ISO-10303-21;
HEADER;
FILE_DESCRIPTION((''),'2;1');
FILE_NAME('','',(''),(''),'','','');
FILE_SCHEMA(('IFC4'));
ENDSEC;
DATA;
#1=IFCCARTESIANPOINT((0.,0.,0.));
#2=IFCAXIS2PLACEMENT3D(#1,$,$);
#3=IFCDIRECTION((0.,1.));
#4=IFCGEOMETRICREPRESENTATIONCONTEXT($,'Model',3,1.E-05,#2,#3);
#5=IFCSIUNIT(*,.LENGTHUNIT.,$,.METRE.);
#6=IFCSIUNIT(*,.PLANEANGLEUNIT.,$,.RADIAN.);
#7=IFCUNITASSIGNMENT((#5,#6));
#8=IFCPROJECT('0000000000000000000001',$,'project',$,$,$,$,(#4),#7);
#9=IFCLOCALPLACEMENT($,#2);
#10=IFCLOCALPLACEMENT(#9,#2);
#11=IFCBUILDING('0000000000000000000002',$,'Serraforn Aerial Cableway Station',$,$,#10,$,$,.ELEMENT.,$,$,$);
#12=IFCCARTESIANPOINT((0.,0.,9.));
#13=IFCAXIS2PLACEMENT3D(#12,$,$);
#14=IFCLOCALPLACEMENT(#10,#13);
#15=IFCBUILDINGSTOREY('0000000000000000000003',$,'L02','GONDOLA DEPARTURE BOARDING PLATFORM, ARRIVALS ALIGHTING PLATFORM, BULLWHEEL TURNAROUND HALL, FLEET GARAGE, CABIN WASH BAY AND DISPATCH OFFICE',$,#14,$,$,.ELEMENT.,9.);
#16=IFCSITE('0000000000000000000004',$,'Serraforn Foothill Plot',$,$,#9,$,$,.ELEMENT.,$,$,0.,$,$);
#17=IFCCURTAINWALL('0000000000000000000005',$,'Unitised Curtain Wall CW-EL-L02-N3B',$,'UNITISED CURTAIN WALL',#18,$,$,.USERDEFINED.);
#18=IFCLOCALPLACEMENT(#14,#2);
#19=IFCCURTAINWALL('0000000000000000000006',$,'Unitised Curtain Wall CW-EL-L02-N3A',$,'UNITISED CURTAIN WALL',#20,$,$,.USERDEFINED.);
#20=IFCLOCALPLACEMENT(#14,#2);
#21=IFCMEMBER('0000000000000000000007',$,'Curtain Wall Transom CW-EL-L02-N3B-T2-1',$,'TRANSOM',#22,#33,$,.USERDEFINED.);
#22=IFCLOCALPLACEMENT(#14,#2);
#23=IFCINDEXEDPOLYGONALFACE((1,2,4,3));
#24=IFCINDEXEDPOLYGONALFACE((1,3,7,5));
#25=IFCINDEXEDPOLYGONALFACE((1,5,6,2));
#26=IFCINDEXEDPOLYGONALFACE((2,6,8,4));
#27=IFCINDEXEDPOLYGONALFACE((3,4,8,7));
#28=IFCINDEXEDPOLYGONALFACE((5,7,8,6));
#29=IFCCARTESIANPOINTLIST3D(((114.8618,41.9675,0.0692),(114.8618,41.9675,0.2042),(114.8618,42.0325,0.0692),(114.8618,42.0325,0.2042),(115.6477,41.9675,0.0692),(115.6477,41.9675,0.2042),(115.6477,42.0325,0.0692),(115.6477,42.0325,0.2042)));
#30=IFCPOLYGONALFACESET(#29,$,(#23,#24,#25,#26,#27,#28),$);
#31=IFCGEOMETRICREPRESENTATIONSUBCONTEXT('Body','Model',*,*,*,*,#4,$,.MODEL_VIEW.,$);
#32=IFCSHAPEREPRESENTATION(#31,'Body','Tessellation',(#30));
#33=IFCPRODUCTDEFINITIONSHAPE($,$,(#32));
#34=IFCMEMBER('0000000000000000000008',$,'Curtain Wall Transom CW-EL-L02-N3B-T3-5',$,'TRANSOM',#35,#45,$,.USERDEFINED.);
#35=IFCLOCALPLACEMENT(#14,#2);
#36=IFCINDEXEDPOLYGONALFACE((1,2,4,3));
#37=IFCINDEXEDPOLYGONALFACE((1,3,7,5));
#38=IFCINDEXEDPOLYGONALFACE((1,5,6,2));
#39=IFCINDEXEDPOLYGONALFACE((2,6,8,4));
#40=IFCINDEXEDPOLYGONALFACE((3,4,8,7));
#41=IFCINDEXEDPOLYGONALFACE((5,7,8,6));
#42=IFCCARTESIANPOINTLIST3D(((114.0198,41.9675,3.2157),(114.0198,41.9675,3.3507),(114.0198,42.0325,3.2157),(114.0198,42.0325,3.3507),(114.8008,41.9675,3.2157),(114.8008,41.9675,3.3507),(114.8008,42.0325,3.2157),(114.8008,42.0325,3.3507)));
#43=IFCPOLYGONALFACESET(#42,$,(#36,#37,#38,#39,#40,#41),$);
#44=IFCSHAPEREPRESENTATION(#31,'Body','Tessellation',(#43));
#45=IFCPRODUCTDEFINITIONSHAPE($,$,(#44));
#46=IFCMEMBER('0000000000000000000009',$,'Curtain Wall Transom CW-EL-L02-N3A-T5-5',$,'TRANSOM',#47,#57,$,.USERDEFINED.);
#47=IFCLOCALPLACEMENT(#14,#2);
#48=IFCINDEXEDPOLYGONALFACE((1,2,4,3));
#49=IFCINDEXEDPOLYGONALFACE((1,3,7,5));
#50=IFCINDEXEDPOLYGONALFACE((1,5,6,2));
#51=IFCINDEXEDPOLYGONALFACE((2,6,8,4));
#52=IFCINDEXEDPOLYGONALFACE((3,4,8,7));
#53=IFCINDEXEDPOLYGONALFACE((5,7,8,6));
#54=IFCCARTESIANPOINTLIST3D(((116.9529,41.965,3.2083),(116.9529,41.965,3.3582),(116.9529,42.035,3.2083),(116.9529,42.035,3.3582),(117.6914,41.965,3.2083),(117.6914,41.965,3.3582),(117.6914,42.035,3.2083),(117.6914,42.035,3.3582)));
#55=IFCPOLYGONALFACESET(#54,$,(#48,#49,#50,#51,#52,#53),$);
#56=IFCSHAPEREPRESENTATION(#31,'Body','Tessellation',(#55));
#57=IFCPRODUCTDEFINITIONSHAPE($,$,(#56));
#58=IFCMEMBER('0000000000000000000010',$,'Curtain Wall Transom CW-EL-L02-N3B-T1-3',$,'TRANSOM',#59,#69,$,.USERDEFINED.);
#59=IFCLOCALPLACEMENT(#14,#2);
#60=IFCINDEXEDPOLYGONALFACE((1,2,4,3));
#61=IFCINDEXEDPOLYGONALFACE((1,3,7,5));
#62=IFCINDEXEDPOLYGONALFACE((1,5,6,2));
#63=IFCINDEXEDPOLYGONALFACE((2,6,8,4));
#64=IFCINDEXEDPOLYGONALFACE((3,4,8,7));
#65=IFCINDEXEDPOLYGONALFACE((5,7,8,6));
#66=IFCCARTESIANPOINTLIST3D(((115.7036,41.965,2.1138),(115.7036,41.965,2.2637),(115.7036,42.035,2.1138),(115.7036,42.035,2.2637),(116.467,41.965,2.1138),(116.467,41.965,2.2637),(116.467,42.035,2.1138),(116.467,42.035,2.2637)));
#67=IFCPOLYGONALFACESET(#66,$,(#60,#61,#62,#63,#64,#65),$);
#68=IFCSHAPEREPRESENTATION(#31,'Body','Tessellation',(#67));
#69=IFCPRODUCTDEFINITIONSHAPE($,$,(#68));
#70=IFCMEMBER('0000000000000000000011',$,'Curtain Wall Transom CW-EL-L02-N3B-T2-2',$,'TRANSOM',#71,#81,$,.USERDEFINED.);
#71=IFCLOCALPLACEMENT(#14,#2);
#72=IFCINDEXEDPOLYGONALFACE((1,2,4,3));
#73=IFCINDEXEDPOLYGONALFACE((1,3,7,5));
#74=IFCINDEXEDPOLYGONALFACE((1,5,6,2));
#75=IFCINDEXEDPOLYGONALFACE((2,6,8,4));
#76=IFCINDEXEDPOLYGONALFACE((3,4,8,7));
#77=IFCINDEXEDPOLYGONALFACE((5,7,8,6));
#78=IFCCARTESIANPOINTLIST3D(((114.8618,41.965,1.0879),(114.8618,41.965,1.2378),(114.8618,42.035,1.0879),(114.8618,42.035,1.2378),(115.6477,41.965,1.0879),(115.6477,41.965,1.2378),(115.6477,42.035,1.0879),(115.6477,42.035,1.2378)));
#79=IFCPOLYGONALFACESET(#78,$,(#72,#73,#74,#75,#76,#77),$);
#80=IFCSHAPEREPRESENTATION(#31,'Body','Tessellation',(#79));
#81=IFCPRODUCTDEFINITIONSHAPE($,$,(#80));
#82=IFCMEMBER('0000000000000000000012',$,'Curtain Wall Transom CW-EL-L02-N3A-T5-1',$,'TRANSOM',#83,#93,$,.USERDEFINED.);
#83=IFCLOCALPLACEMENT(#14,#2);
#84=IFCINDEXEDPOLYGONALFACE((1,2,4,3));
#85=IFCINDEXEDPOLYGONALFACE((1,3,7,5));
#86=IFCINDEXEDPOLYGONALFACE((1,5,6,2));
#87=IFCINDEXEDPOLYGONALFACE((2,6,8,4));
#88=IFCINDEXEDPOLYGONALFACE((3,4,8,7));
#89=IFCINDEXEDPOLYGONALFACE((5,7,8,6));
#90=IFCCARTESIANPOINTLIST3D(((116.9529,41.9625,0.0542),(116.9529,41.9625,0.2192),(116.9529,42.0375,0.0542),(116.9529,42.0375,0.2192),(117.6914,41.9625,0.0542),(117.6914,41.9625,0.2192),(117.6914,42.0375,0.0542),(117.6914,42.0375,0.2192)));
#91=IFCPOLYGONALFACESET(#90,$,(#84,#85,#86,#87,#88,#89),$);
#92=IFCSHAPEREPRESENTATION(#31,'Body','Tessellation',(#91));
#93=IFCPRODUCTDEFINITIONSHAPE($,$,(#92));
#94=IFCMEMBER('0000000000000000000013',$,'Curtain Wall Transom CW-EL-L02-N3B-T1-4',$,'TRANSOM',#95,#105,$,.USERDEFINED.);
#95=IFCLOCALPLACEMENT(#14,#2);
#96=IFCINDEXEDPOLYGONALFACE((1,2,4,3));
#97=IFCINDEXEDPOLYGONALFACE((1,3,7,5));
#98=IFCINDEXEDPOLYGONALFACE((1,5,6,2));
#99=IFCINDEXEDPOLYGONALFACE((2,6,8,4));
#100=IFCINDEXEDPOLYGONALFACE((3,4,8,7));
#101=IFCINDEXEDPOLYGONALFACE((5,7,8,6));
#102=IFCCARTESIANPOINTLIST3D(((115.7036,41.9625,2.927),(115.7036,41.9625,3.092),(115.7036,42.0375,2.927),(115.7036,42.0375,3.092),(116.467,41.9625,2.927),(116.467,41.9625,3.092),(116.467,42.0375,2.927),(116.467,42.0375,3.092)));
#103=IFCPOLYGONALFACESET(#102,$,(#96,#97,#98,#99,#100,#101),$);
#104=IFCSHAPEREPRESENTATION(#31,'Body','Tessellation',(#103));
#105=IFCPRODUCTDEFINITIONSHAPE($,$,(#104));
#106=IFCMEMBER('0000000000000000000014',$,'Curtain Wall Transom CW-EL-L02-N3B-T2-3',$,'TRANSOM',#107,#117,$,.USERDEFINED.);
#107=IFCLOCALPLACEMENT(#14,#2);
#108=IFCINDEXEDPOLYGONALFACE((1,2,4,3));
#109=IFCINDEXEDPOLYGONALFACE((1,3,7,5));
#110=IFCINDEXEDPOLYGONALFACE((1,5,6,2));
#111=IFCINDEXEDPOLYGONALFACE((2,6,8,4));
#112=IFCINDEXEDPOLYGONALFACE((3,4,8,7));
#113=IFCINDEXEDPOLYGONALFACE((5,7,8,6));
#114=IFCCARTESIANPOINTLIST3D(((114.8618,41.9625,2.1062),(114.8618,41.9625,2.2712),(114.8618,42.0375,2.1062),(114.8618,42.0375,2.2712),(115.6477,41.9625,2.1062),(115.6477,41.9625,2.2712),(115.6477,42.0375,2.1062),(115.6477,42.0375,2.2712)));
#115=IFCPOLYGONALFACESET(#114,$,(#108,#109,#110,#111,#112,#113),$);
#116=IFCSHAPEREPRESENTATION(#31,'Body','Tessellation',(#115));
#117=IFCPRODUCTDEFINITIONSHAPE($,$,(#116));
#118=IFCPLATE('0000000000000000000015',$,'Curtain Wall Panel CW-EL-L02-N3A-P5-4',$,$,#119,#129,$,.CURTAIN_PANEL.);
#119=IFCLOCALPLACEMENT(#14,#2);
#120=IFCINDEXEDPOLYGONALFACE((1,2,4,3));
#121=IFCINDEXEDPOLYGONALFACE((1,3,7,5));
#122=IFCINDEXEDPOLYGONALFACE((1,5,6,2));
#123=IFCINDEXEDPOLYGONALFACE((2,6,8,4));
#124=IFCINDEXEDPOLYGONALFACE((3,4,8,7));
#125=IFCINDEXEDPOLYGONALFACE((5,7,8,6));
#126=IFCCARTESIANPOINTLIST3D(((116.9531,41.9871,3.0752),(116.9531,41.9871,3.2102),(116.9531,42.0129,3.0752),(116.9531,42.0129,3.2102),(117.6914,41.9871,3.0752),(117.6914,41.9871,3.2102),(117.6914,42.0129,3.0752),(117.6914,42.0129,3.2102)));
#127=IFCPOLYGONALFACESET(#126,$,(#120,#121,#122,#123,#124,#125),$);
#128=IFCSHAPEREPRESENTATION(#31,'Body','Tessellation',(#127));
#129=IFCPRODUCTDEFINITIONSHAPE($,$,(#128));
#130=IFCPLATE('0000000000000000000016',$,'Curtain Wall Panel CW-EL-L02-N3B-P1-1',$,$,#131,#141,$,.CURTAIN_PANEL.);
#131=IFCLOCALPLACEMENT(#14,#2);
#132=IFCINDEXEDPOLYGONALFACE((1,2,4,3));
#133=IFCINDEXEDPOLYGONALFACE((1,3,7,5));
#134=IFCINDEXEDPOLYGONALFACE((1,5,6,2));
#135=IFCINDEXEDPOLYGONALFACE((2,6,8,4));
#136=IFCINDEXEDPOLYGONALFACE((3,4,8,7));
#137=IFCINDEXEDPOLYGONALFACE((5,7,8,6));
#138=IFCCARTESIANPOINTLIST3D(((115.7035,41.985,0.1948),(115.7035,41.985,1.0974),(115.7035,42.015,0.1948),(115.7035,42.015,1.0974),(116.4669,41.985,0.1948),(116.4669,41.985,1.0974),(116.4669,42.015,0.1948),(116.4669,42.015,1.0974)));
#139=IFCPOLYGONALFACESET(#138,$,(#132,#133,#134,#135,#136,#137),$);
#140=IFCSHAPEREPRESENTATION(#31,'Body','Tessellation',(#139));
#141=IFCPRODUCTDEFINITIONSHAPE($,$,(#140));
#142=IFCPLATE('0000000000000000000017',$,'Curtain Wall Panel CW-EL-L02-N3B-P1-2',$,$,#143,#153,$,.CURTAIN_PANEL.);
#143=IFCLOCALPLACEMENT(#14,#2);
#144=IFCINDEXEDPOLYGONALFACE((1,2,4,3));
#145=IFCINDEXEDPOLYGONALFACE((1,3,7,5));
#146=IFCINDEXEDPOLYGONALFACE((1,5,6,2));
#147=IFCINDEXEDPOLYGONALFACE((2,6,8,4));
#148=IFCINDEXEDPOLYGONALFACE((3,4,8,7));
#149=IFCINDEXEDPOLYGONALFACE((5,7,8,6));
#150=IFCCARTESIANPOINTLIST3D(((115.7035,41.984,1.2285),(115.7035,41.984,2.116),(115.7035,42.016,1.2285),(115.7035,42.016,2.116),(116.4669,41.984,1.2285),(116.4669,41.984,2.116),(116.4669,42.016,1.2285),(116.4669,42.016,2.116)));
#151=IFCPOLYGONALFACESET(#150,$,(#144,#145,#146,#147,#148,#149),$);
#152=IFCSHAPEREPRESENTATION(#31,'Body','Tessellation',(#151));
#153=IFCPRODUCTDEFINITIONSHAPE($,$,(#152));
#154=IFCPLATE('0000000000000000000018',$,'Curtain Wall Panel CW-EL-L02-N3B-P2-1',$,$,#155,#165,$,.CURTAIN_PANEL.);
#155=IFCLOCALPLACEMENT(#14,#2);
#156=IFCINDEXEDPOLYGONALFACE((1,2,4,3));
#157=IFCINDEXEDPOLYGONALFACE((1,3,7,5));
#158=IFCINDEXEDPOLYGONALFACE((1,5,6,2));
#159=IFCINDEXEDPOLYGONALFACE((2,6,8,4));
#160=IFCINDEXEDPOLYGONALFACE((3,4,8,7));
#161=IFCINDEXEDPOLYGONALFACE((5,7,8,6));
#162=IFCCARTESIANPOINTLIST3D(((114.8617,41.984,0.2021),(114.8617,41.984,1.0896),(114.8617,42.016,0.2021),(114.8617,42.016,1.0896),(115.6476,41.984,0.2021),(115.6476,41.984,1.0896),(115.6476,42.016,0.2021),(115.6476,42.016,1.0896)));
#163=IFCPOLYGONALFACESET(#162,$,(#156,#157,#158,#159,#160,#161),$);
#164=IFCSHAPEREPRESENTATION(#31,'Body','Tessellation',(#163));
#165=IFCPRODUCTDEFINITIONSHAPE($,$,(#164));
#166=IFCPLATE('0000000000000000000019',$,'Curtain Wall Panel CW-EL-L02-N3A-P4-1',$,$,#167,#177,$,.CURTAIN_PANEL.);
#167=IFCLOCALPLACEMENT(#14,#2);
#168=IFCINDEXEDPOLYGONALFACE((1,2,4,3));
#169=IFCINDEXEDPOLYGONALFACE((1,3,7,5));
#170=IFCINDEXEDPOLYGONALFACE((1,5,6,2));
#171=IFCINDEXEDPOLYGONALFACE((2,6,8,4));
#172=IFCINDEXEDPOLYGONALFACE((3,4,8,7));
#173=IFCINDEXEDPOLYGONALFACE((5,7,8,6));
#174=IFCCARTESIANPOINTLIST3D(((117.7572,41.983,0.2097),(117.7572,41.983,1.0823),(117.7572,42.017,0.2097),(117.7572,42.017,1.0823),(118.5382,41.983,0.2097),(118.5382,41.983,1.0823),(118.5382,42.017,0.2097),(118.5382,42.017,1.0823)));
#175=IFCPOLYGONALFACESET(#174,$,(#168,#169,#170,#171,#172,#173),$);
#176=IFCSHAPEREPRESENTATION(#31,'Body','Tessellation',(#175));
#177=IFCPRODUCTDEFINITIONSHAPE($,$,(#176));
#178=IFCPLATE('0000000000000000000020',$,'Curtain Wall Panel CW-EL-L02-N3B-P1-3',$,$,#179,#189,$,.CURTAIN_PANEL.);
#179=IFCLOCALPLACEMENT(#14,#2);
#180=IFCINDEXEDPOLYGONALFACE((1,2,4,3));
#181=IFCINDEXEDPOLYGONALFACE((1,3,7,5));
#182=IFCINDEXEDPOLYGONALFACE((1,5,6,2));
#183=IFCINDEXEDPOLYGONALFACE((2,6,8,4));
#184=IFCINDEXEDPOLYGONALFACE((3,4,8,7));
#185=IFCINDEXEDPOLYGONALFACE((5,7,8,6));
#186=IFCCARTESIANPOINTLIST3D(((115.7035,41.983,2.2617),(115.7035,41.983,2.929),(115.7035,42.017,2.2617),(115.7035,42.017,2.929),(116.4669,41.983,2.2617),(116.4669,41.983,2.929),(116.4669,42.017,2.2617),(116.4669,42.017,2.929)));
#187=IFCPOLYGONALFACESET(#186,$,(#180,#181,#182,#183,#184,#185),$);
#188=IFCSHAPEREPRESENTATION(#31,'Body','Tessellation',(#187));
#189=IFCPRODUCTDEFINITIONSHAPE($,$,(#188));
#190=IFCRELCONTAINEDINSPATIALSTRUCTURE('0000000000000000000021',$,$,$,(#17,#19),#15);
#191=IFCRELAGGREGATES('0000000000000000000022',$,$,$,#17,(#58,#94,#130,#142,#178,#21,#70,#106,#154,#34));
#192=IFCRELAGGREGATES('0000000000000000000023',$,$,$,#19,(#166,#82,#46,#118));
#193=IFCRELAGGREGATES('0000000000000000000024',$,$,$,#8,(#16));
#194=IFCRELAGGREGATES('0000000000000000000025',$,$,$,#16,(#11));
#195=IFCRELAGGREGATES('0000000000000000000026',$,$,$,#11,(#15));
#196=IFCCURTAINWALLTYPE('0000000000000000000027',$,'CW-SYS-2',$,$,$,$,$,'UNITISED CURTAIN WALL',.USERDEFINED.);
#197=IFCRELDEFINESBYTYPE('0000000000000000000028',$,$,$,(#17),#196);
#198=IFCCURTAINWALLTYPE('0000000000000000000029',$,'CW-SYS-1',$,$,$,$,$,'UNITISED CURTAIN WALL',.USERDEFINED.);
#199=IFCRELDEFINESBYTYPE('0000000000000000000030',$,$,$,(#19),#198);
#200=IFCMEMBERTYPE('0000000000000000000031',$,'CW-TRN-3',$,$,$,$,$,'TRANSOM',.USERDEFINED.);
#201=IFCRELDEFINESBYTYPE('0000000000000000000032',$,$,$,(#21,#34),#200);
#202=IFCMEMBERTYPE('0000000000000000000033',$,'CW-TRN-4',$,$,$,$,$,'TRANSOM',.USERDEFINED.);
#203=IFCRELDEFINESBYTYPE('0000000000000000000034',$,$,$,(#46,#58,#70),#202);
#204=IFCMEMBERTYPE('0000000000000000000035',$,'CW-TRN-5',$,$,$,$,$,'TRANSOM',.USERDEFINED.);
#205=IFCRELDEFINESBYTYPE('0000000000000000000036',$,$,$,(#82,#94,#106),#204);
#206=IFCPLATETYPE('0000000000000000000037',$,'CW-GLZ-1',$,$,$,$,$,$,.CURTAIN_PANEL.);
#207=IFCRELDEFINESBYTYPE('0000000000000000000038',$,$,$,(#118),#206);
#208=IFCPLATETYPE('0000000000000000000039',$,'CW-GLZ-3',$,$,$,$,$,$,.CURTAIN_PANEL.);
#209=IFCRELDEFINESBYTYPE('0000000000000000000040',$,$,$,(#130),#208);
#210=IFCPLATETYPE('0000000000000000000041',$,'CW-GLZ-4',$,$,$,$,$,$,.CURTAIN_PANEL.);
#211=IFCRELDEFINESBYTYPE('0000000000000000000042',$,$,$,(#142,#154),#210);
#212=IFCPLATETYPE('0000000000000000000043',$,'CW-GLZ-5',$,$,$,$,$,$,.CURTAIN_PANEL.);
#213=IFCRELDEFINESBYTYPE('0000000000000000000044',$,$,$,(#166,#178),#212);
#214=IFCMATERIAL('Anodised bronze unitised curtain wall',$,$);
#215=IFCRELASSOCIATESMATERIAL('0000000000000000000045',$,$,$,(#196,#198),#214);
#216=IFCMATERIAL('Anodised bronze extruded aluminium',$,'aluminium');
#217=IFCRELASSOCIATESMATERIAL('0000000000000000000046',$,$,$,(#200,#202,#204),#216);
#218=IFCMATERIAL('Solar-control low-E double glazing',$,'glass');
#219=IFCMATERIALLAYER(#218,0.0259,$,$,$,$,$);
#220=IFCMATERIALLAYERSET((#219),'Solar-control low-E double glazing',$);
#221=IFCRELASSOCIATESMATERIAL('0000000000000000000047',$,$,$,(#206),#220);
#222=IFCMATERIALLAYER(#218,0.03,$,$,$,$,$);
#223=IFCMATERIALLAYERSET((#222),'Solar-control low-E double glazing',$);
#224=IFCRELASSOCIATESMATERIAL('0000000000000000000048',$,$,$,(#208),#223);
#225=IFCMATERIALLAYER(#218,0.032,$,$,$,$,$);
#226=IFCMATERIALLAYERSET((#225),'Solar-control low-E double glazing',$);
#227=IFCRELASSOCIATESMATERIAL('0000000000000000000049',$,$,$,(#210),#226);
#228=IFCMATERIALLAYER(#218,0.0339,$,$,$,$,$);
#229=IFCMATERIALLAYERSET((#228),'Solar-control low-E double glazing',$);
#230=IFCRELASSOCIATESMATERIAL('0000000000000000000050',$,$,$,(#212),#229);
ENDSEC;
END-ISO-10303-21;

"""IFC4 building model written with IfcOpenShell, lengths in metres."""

from ifc_helpers import new_model, si_unit, direction, frame, origin, origin_2d, place, context, subcontext, project, spatial, rectangle, extrude, material, layer, layer_set, material_profile, profile_set, type_object, element, aggregate, save


model = new_model("IFC4")

# Units and contexts
model_context = context("Model", 3, precision=1e-05, world=origin(), true_north=direction((0.0, 1.0)))
body_context = subcontext(model_context, "Body", "Model", "MODEL_VIEW")
ifc_project = project(units=[si_unit("LENGTHUNIT", "METRE"), si_unit("PLANEANGLEUNIT", "RADIAN")], contexts=[model_context])

# Site, building, storey
site_placement = place(None, origin())
site = spatial("IfcSite", under=ifc_project, at=site_placement, Name="Serraforn Foothill Plot", CompositionType="ELEMENT", RefElevation=0.0)
building_placement = place(site_placement, origin())
building = spatial("IfcBuilding", under=site, at=building_placement, Name="Serraforn Aerial Cableway Station", CompositionType="ELEMENT")
storey_placement = place(building_placement, frame((0.0, 0.0, 9.0)))
storey = spatial("IfcBuildingStorey", under=building, at=storey_placement, Name="L02", Description="GONDOLA DEPARTURE BOARDING PLATFORM, ARRIVALS ALIGHTING PLATFORM, BULLWHEEL TURNAROUND HALL, FLEET GARAGE, CABIN WASH BAY AND DISPATCH OFFICE", CompositionType="ELEMENT", Elevation=9.0)

# Curtain walls
ifc_material_1 = material(Name="Anodised bronze unitised curtain wall")
curtain_wall_type_1 = type_object("IfcCurtainWallType", Name="CW-SYS-2", ElementType="UNITISED CURTAIN WALL", PredefinedType="USERDEFINED", material=ifc_material_1)
curtain_wall_1_placement = place(storey_placement, origin())
curtain_wall_1 = element("IfcCurtainWall", 1, at=curtain_wall_1_placement, inside=storey, type_object=curtain_wall_type_1, Name="Unitised Curtain Wall CW-EL-L02-N3B", ObjectType="UNITISED CURTAIN WALL", PredefinedType="USERDEFINED")
ifc_material_2 = material(Name="Anodised bronze extruded aluminium", Category="aluminium")
curtain_wall_type_2 = type_object("IfcCurtainWallType", Name="CW-SYS-1", ElementType="UNITISED CURTAIN WALL", PredefinedType="USERDEFINED", material=ifc_material_1)
curtain_wall_2_placement = place(storey_placement, origin())
curtain_wall_2 = element("IfcCurtainWall", 2, at=curtain_wall_2_placement, inside=storey, type_object=curtain_wall_type_2, Name="Unitised Curtain Wall CW-EL-L02-N3A", ObjectType="UNITISED CURTAIN WALL", PredefinedType="USERDEFINED")

# Members
ifc_material_profile_1 = material_profile(ifc_material_2, rectangle(XDim=0.0649, YDim=0.135, at=origin_2d()), Name="CW TRANSOM 65x135")
ifc_profile_set_1 = profile_set([ifc_material_profile_1], Name="Anodised bronze extruded aluminium")
member_type_1 = type_object("IfcMemberType", Name="CW-TRN-3", ElementType="TRANSOM", PredefinedType="USERDEFINED", material=ifc_profile_set_1)
member_1_placement = place(storey_placement, frame((115.6477, 42.0, 0.1367), z_axis=(-1.0, 0.0, 0.0), x_axis=(0.0, -1.0, 0.0)))
member_1 = element("IfcMember", 3, at=member_1_placement, type_object=member_type_1, Name="Curtain Wall Transom CW-EL-L02-N3B-T2-1", ObjectType="TRANSOM", PredefinedType="USERDEFINED", context=body_context, shape_type="SweptSolid", body=[
    extrude(rectangle(XDim=0.0649, YDim=0.135, at=origin_2d()), origin(), (0.0, 0.0, 1.0), 0.7859),
])
member_2_placement = place(storey_placement, frame((114.8008, 42.0, 3.2832), z_axis=(-1.0, 0.0, 0.0), x_axis=(0.0, -1.0, 0.0)))
member_2 = element("IfcMember", 4, at=member_2_placement, type_object=member_type_1, Name="Curtain Wall Transom CW-EL-L02-N3B-T3-5", ObjectType="TRANSOM", PredefinedType="USERDEFINED", context=body_context, shape_type="SweptSolid", body=[
    extrude(rectangle(XDim=0.0649, YDim=0.135, at=origin_2d()), origin(), (0.0, 0.0, 1.0), 0.781),
])
ifc_material_profile_2 = material_profile(ifc_material_2, rectangle(XDim=0.0701, YDim=0.1499, at=origin_2d()), Name="CW TRANSOM 70x150")
ifc_profile_set_2 = profile_set([ifc_material_profile_2], Name="Anodised bronze extruded aluminium")
member_type_2 = type_object("IfcMemberType", Name="CW-TRN-4", ElementType="TRANSOM", PredefinedType="USERDEFINED", material=ifc_profile_set_2)
member_3_placement = place(storey_placement, frame((117.6914, 42.0, 3.2832), z_axis=(-1.0, 0.0, 0.0), x_axis=(0.0, -1.0, 0.0)))
member_3 = element("IfcMember", 5, at=member_3_placement, type_object=member_type_2, Name="Curtain Wall Transom CW-EL-L02-N3A-T5-5", ObjectType="TRANSOM", PredefinedType="USERDEFINED", context=body_context, shape_type="SweptSolid", body=[
    extrude(rectangle(XDim=0.0701, YDim=0.1499, at=origin_2d()), origin(), (0.0, 0.0, 1.0), 0.7385),
])
member_4_placement = place(storey_placement, frame((116.467, 42.0, 2.1887), z_axis=(-1.0, 0.0, 0.0), x_axis=(0.0, -1.0, 0.0)))
member_4 = element("IfcMember", 6, at=member_4_placement, type_object=member_type_2, Name="Curtain Wall Transom CW-EL-L02-N3B-T1-3", ObjectType="TRANSOM", PredefinedType="USERDEFINED", context=body_context, shape_type="SweptSolid", body=[
    extrude(rectangle(XDim=0.0701, YDim=0.1499, at=origin_2d()), origin(), (0.0, 0.0, 1.0), 0.7634),
])
member_5_placement = place(storey_placement, frame((115.6477, 42.0, 1.1628), z_axis=(-1.0, 0.0, 0.0), x_axis=(0.0, -1.0, 0.0)))
member_5 = element("IfcMember", 7, at=member_5_placement, type_object=member_type_2, Name="Curtain Wall Transom CW-EL-L02-N3B-T2-2", ObjectType="TRANSOM", PredefinedType="USERDEFINED", context=body_context, shape_type="SweptSolid", body=[
    extrude(rectangle(XDim=0.0701, YDim=0.1499, at=origin_2d()), origin(), (0.0, 0.0, 1.0), 0.7859),
])
ifc_material_profile_3 = material_profile(ifc_material_2, rectangle(XDim=0.075, YDim=0.165, at=origin_2d()), Name="CW TRANSOM 75x165")
ifc_profile_set_3 = profile_set([ifc_material_profile_3], Name="Anodised bronze extruded aluminium")
member_type_3 = type_object("IfcMemberType", Name="CW-TRN-5", ElementType="TRANSOM", PredefinedType="USERDEFINED", material=ifc_profile_set_3)
member_6_placement = place(storey_placement, frame((117.6914, 42.0, 0.1367), z_axis=(-1.0, 0.0, 0.0), x_axis=(0.0, -1.0, 0.0)))
member_6 = element("IfcMember", 8, at=member_6_placement, type_object=member_type_3, Name="Curtain Wall Transom CW-EL-L02-N3A-T5-1", ObjectType="TRANSOM", PredefinedType="USERDEFINED", context=body_context, shape_type="SweptSolid", body=[
    extrude(rectangle(XDim=0.075, YDim=0.165, at=origin_2d()), origin(), (0.0, 0.0, 1.0), 0.7385),
])
member_7_placement = place(storey_placement, frame((116.467, 42.0, 3.0095), z_axis=(-1.0, 0.0, 0.0), x_axis=(0.0, -1.0, 0.0)))
member_7 = element("IfcMember", 9, at=member_7_placement, type_object=member_type_3, Name="Curtain Wall Transom CW-EL-L02-N3B-T1-4", ObjectType="TRANSOM", PredefinedType="USERDEFINED", context=body_context, shape_type="SweptSolid", body=[
    extrude(rectangle(XDim=0.075, YDim=0.165, at=origin_2d()), origin(), (0.0, 0.0, 1.0), 0.7634),
])
member_8_placement = place(storey_placement, frame((115.6477, 42.0, 2.1887), z_axis=(-1.0, 0.0, 0.0), x_axis=(0.0, -1.0, 0.0)))
member_8 = element("IfcMember", 10, at=member_8_placement, type_object=member_type_3, Name="Curtain Wall Transom CW-EL-L02-N3B-T2-3", ObjectType="TRANSOM", PredefinedType="USERDEFINED", context=body_context, shape_type="SweptSolid", body=[
    extrude(rectangle(XDim=0.075, YDim=0.165, at=origin_2d()), origin(), (0.0, 0.0, 1.0), 0.7859),
])

# Plates
ifc_material_3 = material(Name="Solar-control low-E double glazing", Category="glass")
ifc_layer_1 = layer(ifc_material_3, 0.0259)
ifc_layer_set_1 = layer_set([ifc_layer_1], Name="Solar-control low-E double glazing")
plate_type_1 = type_object("IfcPlateType", Name="CW-GLZ-1", PredefinedType="CURTAIN_PANEL", material=ifc_layer_set_1)
plate_1_placement = place(storey_placement, frame((117.3223, 42.0, 3.0752), z_axis=(0.0, 0.0, 1.0), x_axis=(1.0, 0.0, 0.0)))
plate_1 = element("IfcPlate", 11, at=plate_1_placement, type_object=plate_type_1, Name="Curtain Wall Panel CW-EL-L02-N3A-P5-4", PredefinedType="CURTAIN_PANEL", context=body_context, shape_type="SweptSolid", body=[
    extrude(rectangle(XDim=0.7383, YDim=0.0259, at=origin_2d()), origin(), (0.0, 0.0, 1.0), 0.135),
])
ifc_layer_2 = layer(ifc_material_3, 0.03)
ifc_layer_set_2 = layer_set([ifc_layer_2], Name="Solar-control low-E double glazing")
plate_type_2 = type_object("IfcPlateType", Name="CW-GLZ-3", PredefinedType="CURTAIN_PANEL", material=ifc_layer_set_2)
plate_2_placement = place(storey_placement, frame((116.0852, 42.0, 0.1948), z_axis=(0.0, 0.0, 1.0), x_axis=(1.0, 0.0, 0.0)))
plate_2 = element("IfcPlate", 12, at=plate_2_placement, type_object=plate_type_2, Name="Curtain Wall Panel CW-EL-L02-N3B-P1-1", PredefinedType="CURTAIN_PANEL", context=body_context, shape_type="SweptSolid", body=[
    extrude(rectangle(XDim=0.7634, YDim=0.03, at=origin_2d()), origin(), (0.0, 0.0, 1.0), 0.9026),
])
ifc_layer_3 = layer(ifc_material_3, 0.032)
ifc_layer_set_3 = layer_set([ifc_layer_3], Name="Solar-control low-E double glazing")
plate_type_3 = type_object("IfcPlateType", Name="CW-GLZ-4", PredefinedType="CURTAIN_PANEL", material=ifc_layer_set_3)
plate_3_placement = place(storey_placement, frame((116.0852, 42.0, 1.2285), z_axis=(0.0, 0.0, 1.0), x_axis=(1.0, 0.0, 0.0)))
plate_3 = element("IfcPlate", 13, at=plate_3_placement, type_object=plate_type_3, Name="Curtain Wall Panel CW-EL-L02-N3B-P1-2", PredefinedType="CURTAIN_PANEL", context=body_context, shape_type="SweptSolid", body=[
    extrude(rectangle(XDim=0.7634, YDim=0.032, at=origin_2d()), origin(), (0.0, 0.0, 1.0), 0.8875),
])
plate_4_placement = place(storey_placement, frame((115.2546, 42.0, 0.2021), z_axis=(0.0, 0.0, 1.0), x_axis=(1.0, 0.0, 0.0)))
plate_4 = element("IfcPlate", 14, at=plate_4_placement, type_object=plate_type_3, Name="Curtain Wall Panel CW-EL-L02-N3B-P2-1", PredefinedType="CURTAIN_PANEL", context=body_context, shape_type="SweptSolid", body=[
    extrude(rectangle(XDim=0.7859, YDim=0.032, at=origin_2d()), origin(), (0.0, 0.0, 1.0), 0.8875),
])
ifc_layer_4 = layer(ifc_material_3, 0.0339)
ifc_layer_set_4 = layer_set([ifc_layer_4], Name="Solar-control low-E double glazing")
plate_type_4 = type_object("IfcPlateType", Name="CW-GLZ-5", PredefinedType="CURTAIN_PANEL", material=ifc_layer_set_4)
plate_5_placement = place(storey_placement, frame((118.1477, 42.0, 0.2097), z_axis=(0.0, 0.0, 1.0), x_axis=(1.0, 0.0, 0.0)))
plate_5 = element("IfcPlate", 15, at=plate_5_placement, type_object=plate_type_4, Name="Curtain Wall Panel CW-EL-L02-N3A-P4-1", PredefinedType="CURTAIN_PANEL", context=body_context, shape_type="SweptSolid", body=[
    extrude(rectangle(XDim=0.781, YDim=0.0339, at=origin_2d()), origin(), (0.0, 0.0, 1.0), 0.8726),
])
plate_6_placement = place(storey_placement, frame((116.0852, 42.0, 2.2617), z_axis=(0.0, 0.0, 1.0), x_axis=(1.0, 0.0, 0.0)))
plate_6 = element("IfcPlate", 16, at=plate_6_placement, type_object=plate_type_4, Name="Curtain Wall Panel CW-EL-L02-N3B-P1-3", PredefinedType="CURTAIN_PANEL", context=body_context, shape_type="SweptSolid", body=[
    extrude(rectangle(XDim=0.7634, YDim=0.0339, at=origin_2d()), origin(), (0.0, 0.0, 1.0), 0.6672),
])
aggregate(curtain_wall_1, [member_4, member_7, plate_2, plate_3, plate_6, member_1, member_5, member_8, plate_4, member_2])
aggregate(curtain_wall_2, [plate_5, member_6, member_3, plate_1])

save(model, "model.ifc")
